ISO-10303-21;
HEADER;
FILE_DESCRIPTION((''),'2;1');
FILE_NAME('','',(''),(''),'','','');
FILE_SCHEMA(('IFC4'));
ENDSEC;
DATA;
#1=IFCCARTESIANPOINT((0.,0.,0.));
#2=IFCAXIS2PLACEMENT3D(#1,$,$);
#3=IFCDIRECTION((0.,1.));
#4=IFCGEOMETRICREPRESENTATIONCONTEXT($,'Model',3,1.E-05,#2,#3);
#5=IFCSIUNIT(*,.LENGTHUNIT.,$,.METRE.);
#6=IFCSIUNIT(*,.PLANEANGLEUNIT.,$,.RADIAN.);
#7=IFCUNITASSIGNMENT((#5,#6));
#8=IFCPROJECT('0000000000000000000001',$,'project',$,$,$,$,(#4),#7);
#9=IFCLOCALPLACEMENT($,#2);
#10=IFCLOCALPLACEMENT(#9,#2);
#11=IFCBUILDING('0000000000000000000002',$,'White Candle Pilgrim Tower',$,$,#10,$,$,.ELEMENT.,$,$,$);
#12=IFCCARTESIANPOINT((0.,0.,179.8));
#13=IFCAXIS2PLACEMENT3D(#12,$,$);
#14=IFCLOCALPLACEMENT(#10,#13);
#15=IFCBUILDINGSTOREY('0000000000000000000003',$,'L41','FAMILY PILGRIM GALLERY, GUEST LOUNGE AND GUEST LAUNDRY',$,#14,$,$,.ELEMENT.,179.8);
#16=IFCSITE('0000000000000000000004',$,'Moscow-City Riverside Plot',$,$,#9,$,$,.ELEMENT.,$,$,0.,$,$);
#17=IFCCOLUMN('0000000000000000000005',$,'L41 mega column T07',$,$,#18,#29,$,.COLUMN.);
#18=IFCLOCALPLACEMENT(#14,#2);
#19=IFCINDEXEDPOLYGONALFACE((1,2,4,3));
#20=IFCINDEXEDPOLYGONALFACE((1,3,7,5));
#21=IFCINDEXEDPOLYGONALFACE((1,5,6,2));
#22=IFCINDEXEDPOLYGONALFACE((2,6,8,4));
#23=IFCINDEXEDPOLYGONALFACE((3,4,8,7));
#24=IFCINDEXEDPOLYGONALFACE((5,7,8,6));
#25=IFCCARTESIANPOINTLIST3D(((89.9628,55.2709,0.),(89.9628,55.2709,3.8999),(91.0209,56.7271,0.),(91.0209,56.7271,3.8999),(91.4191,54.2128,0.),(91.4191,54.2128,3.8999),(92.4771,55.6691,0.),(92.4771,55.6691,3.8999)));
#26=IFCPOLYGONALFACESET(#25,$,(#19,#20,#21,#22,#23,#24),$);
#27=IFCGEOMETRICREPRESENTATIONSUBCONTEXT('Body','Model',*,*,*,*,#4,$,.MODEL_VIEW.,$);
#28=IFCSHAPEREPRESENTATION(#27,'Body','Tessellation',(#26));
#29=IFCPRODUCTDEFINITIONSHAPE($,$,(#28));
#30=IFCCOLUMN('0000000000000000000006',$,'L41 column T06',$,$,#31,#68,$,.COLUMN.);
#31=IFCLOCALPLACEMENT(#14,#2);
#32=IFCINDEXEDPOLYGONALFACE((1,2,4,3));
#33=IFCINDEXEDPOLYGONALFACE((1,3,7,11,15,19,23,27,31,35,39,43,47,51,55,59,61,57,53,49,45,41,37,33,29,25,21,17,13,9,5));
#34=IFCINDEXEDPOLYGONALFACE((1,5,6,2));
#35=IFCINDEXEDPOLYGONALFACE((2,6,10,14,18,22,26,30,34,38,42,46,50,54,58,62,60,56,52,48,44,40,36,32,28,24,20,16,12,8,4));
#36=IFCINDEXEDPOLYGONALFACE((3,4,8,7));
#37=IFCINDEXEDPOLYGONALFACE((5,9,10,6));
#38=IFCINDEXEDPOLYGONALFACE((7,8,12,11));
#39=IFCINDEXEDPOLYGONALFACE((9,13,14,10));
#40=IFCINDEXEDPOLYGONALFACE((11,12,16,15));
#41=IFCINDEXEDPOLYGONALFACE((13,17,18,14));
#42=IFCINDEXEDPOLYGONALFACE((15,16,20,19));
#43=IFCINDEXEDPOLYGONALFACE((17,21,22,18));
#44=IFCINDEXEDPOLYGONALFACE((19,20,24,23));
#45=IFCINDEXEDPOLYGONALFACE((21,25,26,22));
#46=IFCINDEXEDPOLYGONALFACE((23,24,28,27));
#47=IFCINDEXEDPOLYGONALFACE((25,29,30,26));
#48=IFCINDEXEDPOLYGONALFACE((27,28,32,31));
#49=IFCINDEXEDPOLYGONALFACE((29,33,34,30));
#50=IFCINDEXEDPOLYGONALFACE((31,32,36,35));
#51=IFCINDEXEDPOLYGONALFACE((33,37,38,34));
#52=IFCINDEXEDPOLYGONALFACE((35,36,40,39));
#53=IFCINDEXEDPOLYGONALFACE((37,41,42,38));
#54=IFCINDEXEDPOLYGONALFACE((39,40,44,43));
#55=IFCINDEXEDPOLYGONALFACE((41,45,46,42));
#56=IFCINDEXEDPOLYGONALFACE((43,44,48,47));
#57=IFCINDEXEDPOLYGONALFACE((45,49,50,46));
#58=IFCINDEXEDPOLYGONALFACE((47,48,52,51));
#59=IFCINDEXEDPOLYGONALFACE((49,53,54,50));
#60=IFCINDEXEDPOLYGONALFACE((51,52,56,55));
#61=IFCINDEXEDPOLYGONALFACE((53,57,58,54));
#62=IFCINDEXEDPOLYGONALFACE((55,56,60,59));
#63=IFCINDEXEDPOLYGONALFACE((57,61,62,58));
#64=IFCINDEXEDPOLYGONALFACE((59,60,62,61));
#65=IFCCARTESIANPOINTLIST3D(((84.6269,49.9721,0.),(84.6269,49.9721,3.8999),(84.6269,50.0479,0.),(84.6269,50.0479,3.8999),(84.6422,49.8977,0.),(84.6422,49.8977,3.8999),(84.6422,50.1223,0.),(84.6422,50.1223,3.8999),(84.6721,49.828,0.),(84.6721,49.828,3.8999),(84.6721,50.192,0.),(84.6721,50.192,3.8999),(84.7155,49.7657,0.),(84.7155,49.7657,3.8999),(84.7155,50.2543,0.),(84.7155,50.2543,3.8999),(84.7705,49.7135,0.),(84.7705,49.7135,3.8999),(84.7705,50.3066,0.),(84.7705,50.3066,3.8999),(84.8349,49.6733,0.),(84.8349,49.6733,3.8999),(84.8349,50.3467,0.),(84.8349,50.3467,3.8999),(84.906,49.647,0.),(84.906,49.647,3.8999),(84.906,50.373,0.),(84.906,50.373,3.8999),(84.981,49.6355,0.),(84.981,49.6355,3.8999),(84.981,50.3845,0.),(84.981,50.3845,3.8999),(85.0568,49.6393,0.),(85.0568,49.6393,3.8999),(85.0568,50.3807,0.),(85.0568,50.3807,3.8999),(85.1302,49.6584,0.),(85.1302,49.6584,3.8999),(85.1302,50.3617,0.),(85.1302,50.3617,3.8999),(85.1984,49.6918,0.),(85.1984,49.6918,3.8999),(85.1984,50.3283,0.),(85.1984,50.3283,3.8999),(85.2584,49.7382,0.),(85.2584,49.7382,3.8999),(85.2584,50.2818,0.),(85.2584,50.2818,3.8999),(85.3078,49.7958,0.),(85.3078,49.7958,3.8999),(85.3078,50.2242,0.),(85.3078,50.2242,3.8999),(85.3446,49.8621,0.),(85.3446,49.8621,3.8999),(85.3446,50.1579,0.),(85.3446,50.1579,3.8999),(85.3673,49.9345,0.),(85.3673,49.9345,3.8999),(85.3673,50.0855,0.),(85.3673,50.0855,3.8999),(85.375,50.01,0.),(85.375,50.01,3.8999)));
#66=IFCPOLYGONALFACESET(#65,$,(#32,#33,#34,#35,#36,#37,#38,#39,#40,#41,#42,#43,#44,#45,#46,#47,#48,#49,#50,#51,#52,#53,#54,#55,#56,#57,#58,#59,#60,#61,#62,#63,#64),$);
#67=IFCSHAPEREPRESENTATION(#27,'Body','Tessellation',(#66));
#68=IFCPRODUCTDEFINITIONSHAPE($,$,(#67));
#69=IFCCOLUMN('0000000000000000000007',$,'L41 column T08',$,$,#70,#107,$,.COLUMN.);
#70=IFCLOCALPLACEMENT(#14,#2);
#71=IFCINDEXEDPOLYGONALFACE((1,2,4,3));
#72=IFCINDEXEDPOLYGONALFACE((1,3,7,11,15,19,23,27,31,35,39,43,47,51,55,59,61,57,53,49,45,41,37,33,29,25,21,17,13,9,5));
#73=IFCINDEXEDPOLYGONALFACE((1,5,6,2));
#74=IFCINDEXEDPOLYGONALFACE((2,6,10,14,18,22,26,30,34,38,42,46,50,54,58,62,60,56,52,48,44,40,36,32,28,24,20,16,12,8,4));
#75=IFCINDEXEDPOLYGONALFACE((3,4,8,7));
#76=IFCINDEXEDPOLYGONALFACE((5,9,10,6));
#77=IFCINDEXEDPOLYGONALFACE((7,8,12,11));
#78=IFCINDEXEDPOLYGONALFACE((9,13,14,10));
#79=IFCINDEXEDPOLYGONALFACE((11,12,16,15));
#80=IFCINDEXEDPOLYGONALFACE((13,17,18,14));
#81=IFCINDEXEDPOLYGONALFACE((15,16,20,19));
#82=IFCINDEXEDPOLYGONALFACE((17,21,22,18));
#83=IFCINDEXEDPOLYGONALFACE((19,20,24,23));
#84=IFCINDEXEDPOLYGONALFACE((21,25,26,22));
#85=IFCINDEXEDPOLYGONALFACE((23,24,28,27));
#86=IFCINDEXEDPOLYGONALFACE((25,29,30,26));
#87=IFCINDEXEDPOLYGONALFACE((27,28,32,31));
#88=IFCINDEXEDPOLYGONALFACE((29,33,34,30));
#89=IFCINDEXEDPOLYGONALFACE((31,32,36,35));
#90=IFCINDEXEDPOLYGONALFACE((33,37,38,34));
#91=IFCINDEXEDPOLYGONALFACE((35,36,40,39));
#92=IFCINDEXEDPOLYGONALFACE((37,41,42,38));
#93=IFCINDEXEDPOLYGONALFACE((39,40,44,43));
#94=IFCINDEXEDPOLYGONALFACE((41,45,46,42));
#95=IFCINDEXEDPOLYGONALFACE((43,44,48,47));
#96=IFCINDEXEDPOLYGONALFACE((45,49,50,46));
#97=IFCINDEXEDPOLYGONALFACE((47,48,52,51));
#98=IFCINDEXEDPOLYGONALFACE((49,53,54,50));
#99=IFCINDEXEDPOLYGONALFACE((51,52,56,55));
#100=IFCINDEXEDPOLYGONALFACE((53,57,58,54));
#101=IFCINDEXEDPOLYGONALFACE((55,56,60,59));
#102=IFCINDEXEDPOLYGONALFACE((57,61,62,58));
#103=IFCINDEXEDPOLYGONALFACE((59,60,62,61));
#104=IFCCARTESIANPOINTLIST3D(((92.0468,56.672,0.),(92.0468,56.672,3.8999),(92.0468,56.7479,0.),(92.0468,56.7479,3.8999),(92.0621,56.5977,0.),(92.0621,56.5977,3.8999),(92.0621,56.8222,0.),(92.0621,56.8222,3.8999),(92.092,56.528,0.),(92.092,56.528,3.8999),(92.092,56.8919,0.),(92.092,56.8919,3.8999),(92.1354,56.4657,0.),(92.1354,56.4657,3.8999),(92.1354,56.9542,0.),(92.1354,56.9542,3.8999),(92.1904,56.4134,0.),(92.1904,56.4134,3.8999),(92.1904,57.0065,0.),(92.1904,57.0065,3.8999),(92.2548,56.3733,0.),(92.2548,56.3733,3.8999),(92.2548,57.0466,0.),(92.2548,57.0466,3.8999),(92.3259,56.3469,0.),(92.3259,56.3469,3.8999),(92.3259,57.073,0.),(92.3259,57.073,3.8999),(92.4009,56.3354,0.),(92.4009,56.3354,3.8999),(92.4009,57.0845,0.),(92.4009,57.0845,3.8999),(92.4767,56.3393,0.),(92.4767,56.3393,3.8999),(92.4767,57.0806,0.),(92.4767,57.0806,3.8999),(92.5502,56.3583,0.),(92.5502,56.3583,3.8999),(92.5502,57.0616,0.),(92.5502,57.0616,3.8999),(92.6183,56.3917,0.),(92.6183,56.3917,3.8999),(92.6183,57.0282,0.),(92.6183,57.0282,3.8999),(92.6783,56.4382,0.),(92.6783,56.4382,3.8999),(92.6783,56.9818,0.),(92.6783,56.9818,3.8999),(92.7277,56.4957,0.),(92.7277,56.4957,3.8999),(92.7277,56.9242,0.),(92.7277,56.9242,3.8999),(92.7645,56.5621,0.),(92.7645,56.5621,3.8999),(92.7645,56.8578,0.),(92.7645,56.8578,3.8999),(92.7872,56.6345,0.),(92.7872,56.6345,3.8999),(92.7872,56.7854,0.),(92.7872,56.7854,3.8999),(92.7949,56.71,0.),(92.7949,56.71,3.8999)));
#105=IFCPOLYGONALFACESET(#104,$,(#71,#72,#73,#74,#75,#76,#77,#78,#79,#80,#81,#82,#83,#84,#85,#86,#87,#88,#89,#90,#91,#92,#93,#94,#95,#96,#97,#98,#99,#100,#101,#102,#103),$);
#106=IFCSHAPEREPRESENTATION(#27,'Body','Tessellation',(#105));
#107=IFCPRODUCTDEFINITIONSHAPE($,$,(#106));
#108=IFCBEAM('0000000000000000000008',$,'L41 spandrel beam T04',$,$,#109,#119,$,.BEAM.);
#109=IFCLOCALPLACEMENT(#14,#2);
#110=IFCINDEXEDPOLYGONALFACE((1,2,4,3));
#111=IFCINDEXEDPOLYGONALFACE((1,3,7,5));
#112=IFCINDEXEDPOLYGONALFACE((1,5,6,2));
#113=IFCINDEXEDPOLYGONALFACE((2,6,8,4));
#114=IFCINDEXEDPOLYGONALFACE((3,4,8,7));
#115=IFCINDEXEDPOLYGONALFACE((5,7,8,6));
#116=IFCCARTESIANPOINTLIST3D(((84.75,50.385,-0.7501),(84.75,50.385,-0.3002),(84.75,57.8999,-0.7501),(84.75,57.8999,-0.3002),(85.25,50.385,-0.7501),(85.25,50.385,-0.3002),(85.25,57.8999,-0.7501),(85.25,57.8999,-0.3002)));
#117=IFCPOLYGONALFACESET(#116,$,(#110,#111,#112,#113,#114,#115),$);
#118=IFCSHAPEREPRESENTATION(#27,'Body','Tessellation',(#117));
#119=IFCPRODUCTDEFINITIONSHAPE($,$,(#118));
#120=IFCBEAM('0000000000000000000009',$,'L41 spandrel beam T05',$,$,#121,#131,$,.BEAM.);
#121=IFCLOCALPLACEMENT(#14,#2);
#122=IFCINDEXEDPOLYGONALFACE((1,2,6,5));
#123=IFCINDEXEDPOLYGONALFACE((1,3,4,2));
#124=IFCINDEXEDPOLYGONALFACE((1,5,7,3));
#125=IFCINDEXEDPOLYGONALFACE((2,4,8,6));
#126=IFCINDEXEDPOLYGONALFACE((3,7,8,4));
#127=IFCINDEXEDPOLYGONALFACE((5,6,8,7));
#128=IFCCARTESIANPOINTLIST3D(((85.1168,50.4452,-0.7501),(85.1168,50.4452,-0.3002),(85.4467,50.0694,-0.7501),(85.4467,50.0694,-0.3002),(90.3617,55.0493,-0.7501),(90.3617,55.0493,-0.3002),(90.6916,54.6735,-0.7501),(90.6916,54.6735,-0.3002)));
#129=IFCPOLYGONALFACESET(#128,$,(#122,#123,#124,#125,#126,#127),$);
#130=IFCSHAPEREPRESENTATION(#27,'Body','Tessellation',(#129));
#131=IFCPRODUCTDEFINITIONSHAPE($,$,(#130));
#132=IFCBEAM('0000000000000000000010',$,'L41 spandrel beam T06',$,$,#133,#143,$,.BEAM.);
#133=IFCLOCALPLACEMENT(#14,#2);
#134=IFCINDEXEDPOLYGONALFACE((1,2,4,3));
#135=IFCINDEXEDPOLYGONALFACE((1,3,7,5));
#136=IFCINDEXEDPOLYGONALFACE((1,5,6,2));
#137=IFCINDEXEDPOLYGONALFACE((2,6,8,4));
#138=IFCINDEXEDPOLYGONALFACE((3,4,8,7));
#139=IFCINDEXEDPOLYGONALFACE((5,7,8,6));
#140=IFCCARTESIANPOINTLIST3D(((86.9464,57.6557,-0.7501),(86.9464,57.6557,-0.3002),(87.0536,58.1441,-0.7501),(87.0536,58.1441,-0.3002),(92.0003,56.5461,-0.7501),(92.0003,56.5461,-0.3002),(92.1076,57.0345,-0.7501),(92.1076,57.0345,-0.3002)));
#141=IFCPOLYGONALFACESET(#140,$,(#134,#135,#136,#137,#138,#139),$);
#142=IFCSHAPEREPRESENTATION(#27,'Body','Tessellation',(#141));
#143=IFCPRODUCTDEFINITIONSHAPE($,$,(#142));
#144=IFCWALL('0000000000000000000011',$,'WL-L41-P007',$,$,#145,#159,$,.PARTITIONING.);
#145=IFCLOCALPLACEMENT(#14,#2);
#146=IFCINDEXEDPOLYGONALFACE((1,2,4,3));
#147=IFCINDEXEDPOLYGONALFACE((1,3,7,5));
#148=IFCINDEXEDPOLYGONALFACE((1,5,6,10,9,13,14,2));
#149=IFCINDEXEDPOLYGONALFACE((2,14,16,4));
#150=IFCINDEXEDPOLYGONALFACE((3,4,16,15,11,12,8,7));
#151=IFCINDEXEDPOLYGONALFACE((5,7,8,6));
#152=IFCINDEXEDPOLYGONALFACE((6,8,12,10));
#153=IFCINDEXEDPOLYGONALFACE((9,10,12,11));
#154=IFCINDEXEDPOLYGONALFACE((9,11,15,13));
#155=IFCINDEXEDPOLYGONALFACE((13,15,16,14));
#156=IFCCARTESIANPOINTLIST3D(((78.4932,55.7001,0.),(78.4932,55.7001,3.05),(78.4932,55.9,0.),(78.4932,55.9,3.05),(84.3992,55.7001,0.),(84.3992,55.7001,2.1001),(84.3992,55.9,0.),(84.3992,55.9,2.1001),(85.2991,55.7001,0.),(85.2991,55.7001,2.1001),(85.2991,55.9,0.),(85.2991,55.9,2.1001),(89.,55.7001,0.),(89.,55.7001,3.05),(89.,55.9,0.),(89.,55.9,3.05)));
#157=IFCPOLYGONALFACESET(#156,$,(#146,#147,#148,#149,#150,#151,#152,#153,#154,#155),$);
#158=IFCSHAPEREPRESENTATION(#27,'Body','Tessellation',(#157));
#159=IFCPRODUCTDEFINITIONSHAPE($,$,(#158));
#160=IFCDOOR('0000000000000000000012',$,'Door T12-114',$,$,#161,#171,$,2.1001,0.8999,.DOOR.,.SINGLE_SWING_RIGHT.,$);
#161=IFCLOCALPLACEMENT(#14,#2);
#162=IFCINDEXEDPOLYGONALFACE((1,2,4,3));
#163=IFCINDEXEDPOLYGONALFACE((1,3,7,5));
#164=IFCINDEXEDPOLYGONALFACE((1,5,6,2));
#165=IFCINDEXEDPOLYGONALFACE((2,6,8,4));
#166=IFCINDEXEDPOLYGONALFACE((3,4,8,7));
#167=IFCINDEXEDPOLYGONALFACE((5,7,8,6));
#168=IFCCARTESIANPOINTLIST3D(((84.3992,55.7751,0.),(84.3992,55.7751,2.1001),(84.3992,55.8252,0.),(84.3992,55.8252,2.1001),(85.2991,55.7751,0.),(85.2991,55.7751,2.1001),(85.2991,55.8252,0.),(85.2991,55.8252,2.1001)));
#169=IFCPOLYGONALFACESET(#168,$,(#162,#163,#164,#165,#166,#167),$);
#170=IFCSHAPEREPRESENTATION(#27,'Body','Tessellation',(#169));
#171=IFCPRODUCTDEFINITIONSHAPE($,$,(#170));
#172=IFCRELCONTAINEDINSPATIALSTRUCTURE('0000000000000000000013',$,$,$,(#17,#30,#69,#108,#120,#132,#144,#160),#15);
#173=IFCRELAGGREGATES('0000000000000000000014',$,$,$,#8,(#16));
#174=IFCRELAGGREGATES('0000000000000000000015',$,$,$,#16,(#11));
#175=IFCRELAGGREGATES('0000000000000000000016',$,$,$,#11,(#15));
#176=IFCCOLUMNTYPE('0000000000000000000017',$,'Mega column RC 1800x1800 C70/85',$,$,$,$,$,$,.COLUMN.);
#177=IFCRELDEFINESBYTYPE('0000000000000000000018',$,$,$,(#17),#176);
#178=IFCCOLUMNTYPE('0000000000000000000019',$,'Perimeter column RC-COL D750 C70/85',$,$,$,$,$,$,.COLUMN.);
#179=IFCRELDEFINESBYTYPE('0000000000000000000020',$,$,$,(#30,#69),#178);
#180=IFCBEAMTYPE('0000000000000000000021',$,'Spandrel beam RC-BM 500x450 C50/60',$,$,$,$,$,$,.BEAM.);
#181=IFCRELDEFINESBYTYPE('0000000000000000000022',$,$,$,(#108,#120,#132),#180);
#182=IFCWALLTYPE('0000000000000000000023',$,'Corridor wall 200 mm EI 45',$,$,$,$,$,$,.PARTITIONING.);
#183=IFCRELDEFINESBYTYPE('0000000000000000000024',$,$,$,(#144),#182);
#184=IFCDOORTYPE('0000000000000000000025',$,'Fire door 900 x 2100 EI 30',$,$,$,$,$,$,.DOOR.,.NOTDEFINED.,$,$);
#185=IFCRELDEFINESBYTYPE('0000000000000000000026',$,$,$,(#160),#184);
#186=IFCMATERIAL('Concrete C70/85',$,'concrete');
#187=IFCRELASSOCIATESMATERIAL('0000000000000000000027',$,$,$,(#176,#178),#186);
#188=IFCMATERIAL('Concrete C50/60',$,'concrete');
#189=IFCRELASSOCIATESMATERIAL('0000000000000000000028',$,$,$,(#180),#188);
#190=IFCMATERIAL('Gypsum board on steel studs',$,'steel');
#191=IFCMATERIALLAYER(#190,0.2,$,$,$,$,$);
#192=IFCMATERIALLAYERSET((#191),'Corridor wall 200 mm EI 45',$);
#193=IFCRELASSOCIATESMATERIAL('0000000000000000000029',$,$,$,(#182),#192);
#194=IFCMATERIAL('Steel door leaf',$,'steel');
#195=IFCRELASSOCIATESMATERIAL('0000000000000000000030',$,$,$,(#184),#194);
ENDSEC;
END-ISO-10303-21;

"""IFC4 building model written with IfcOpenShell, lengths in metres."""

from ifc_helpers import new_model, si_unit, direction, frame, frame_2d, origin, origin_2d, place, context, subcontext, project, spatial, rectangle, circle, extrude, material, layer, layer_set, material_profile, profile_set, type_object, element, fill, save


model = new_model("IFC4")

# Units and contexts
model_context = context("Model", 3, precision=1e-05, world=origin(), true_north=direction((0.0, 1.0)))
body_context = subcontext(model_context, "Body", "Model", "MODEL_VIEW")
ifc_project = project(units=[si_unit("LENGTHUNIT", "METRE"), si_unit("PLANEANGLEUNIT", "RADIAN")], contexts=[model_context])

# Site, building, storey
site_placement = place(None, origin())
site = spatial("IfcSite", under=ifc_project, at=site_placement, Name="Moscow-City Riverside Plot", CompositionType="ELEMENT", RefElevation=0.0)
building_placement = place(site_placement, origin())
building = spatial("IfcBuilding", under=site, at=building_placement, Name="White Candle Pilgrim Tower", CompositionType="ELEMENT")
storey_placement = place(building_placement, frame((0.0, 0.0, 179.8)))
storey = spatial("IfcBuildingStorey", under=building, at=storey_placement, Name="L41", Description="FAMILY PILGRIM GALLERY, GUEST LOUNGE AND GUEST LAUNDRY", CompositionType="ELEMENT", Elevation=179.8)

# Columns
ifc_material_1 = material(Name="Concrete C70/85", Category="concrete")
ifc_material_profile_1 = material_profile(ifc_material_1, rectangle(XDim=1.8, YDim=1.8, at=origin_2d()), Name="RC 1800x1800")
ifc_profile_set_1 = profile_set([ifc_material_profile_1], Name="Concrete C70/85")
column_type_1 = type_object("IfcColumnType", Name="Mega column RC 1800x1800 C70/85", PredefinedType="COLUMN", material=ifc_profile_set_1)
column_placement = place(storey_placement, frame((91.22, 55.47, 0.0), z_axis=(0.0, 0.0, 1.0), x_axis=(0.809017, -0.587785, 0.0)))
element("IfcColumn", 1, at=column_placement, inside=storey, type_object=column_type_1, Name="L41 mega column T07", PredefinedType="COLUMN", context=body_context, shape_type="SweptSolid", body=[
    extrude(rectangle(XDim=1.8, YDim=1.8, at=origin_2d()), origin(), (0.0, 0.0, 1.0), 3.8999),
])
ifc_material_profile_2 = material_profile(ifc_material_1, circle(Radius=0.375, at=origin_2d()), Name="RC-COL D750")
ifc_profile_set_2 = profile_set([ifc_material_profile_2], Name="Concrete C70/85")
column_type_2 = type_object("IfcColumnType", Name="Perimeter column RC-COL D750 C70/85", PredefinedType="COLUMN", material=ifc_profile_set_2)
for number, where, z_axis, x_axis, name in (
    (2, (85.0, 50.01, 0.0), (0.0, 0.0, 1.0), (1.0, 0.0, 0.0), "L41 column T06"),
    (3, (92.4199, 56.71, 0.0), (0.0, 0.0, 1.0), (1.0, 0.0, 0.0), "L41 column T08"),
):
    element("IfcColumn", number, at=place(storey_placement, frame(where, z_axis=z_axis, x_axis=x_axis)), inside=storey, type_object=column_type_2, Name=name, PredefinedType="COLUMN", context=body_context, shape_type="SweptSolid", body=[
        extrude(circle(Radius=0.375, at=origin_2d()), origin(), (0.0, 0.0, 1.0), 3.8999),
    ])

# Beams
ifc_material_2 = material(Name="Concrete C50/60", Category="concrete")
ifc_material_profile_3 = material_profile(ifc_material_2, rectangle(XDim=0.5, YDim=0.45, at=origin_2d()), Name="RC-BM 500x450")
ifc_profile_set_3 = profile_set([ifc_material_profile_3], Name="Concrete C50/60")
beam_type = type_object("IfcBeamType", Name="Spandrel beam RC-BM 500x450 C50/60", PredefinedType="BEAM", material=ifc_profile_set_3)
beam_1_placement = place(storey_placement, frame((85.0, 50.385, -0.5251), z_axis=(0.0, 1.0, 0.0), x_axis=(-1.0, 0.0, 0.0)))
element("IfcBeam", 4, at=beam_1_placement, inside=storey, type_object=beam_type, Name="L41 spandrel beam T04", PredefinedType="BEAM", context=body_context, shape_type="SweptSolid", body=[
    extrude(rectangle(XDim=0.5, YDim=0.45, at=origin_2d()), origin(), (0.0, 0.0, 1.0), 7.5149),
])
beam_2_placement = place(storey_placement, frame((85.2817, 50.2573, -0.5251), z_axis=(0.751529, 0.6597, 0.0), x_axis=(-0.6597, 0.751529, 0.0)))
element("IfcBeam", 5, at=beam_2_placement, inside=storey, type_object=beam_type, Name="L41 spandrel beam T05", PredefinedType="BEAM", context=body_context, shape_type="SweptSolid", body=[
    extrude(rectangle(XDim=0.5, YDim=0.45, at=origin_2d()), origin(), (0.0, 0.0, 1.0), 6.979),
])
beam_3_placement = place(storey_placement, frame((92.054, 56.7903, -0.5251), z_axis=(-0.976736, 0.214447, 0.0), x_axis=(-0.214447, -0.976736, 0.0)))
element("IfcBeam", 6, at=beam_3_placement, inside=storey, type_object=beam_type, Name="L41 spandrel beam T06", PredefinedType="BEAM", context=body_context, shape_type="SweptSolid", body=[
    extrude(rectangle(XDim=0.5, YDim=0.45, at=origin_2d()), origin(), (0.0, 0.0, 1.0), 5.1743),
])

# Wall, opening, door
ifc_material_3 = material(Name="Gypsum board on steel studs", Category="steel")
ifc_layer_1 = layer(ifc_material_3, 0.2)
ifc_layer_set_1 = layer_set([ifc_layer_1], Name="Corridor wall 200 mm EI 45")
wall_type_1 = type_object("IfcWallType", Name="Corridor wall 200 mm EI 45", PredefinedType="PARTITIONING", material=ifc_layer_set_1)
wall_1_placement = place(storey_placement, frame((89.0, 55.8, 0.0), z_axis=(0.0, 0.0, 1.0), x_axis=(-1.0, 0.0, 0.0)))
wall_1 = element("IfcWall", 7, at=wall_1_placement, inside=storey, type_object=wall_type_1, Name="WL-L41-P007", PredefinedType="PARTITIONING", context=body_context, shape_type="SweptSolid", body=[
    extrude(rectangle(XDim=10.5068, YDim=0.2, at=frame_2d((5.2534, 0.0))), origin(), (0.0, 0.0, 1.0), 3.05),
])
opening_1_placement = place(wall_1_placement, frame((3.7009, 0.0, 0.0)))
opening_1 = element("IfcOpeningElement", 8, at=opening_1_placement, cuts=wall_1, PredefinedType="OPENING", context=body_context, shape_type="SweptSolid", body=[
    extrude(rectangle(XDim=0.8999, YDim=2.1001, at=frame_2d((0.45, 1.05))), frame((0.0, 0.1099, 0.0), z_axis=(0.0, -1.0, 0.0), x_axis=(1.0, 0.0, 0.0)), (0.0, 0.0, 1.0), 0.22),
])
ifc_material_4 = material(Name="Steel door leaf", Category="steel")
door_type_1 = type_object("IfcDoorType", Name="Fire door 900 x 2100 EI 30", OperationType="NOTDEFINED", PredefinedType="DOOR", material=ifc_material_4)
door_1_placement = place(opening_1_placement, origin())
door_1 = element("IfcDoor", 9, at=door_1_placement, inside=storey, type_object=door_type_1, Name="Door T12-114", OperationType="SINGLE_SWING_RIGHT", OverallHeight=2.1001, OverallWidth=0.8999, PredefinedType="DOOR", context=body_context, shape_type="SweptSolid", body=[
    extrude(rectangle(XDim=0.8999, YDim=2.1001, at=frame_2d((0.45, 1.05))), frame((0.0, 0.0249, 0.0), z_axis=(0.0, -1.0, 0.0), x_axis=(1.0, 0.0, 0.0)), (0.0, 0.0, 1.0), 0.05),
])
fill(opening_1, door_1)

save(model, "model.ifc")
